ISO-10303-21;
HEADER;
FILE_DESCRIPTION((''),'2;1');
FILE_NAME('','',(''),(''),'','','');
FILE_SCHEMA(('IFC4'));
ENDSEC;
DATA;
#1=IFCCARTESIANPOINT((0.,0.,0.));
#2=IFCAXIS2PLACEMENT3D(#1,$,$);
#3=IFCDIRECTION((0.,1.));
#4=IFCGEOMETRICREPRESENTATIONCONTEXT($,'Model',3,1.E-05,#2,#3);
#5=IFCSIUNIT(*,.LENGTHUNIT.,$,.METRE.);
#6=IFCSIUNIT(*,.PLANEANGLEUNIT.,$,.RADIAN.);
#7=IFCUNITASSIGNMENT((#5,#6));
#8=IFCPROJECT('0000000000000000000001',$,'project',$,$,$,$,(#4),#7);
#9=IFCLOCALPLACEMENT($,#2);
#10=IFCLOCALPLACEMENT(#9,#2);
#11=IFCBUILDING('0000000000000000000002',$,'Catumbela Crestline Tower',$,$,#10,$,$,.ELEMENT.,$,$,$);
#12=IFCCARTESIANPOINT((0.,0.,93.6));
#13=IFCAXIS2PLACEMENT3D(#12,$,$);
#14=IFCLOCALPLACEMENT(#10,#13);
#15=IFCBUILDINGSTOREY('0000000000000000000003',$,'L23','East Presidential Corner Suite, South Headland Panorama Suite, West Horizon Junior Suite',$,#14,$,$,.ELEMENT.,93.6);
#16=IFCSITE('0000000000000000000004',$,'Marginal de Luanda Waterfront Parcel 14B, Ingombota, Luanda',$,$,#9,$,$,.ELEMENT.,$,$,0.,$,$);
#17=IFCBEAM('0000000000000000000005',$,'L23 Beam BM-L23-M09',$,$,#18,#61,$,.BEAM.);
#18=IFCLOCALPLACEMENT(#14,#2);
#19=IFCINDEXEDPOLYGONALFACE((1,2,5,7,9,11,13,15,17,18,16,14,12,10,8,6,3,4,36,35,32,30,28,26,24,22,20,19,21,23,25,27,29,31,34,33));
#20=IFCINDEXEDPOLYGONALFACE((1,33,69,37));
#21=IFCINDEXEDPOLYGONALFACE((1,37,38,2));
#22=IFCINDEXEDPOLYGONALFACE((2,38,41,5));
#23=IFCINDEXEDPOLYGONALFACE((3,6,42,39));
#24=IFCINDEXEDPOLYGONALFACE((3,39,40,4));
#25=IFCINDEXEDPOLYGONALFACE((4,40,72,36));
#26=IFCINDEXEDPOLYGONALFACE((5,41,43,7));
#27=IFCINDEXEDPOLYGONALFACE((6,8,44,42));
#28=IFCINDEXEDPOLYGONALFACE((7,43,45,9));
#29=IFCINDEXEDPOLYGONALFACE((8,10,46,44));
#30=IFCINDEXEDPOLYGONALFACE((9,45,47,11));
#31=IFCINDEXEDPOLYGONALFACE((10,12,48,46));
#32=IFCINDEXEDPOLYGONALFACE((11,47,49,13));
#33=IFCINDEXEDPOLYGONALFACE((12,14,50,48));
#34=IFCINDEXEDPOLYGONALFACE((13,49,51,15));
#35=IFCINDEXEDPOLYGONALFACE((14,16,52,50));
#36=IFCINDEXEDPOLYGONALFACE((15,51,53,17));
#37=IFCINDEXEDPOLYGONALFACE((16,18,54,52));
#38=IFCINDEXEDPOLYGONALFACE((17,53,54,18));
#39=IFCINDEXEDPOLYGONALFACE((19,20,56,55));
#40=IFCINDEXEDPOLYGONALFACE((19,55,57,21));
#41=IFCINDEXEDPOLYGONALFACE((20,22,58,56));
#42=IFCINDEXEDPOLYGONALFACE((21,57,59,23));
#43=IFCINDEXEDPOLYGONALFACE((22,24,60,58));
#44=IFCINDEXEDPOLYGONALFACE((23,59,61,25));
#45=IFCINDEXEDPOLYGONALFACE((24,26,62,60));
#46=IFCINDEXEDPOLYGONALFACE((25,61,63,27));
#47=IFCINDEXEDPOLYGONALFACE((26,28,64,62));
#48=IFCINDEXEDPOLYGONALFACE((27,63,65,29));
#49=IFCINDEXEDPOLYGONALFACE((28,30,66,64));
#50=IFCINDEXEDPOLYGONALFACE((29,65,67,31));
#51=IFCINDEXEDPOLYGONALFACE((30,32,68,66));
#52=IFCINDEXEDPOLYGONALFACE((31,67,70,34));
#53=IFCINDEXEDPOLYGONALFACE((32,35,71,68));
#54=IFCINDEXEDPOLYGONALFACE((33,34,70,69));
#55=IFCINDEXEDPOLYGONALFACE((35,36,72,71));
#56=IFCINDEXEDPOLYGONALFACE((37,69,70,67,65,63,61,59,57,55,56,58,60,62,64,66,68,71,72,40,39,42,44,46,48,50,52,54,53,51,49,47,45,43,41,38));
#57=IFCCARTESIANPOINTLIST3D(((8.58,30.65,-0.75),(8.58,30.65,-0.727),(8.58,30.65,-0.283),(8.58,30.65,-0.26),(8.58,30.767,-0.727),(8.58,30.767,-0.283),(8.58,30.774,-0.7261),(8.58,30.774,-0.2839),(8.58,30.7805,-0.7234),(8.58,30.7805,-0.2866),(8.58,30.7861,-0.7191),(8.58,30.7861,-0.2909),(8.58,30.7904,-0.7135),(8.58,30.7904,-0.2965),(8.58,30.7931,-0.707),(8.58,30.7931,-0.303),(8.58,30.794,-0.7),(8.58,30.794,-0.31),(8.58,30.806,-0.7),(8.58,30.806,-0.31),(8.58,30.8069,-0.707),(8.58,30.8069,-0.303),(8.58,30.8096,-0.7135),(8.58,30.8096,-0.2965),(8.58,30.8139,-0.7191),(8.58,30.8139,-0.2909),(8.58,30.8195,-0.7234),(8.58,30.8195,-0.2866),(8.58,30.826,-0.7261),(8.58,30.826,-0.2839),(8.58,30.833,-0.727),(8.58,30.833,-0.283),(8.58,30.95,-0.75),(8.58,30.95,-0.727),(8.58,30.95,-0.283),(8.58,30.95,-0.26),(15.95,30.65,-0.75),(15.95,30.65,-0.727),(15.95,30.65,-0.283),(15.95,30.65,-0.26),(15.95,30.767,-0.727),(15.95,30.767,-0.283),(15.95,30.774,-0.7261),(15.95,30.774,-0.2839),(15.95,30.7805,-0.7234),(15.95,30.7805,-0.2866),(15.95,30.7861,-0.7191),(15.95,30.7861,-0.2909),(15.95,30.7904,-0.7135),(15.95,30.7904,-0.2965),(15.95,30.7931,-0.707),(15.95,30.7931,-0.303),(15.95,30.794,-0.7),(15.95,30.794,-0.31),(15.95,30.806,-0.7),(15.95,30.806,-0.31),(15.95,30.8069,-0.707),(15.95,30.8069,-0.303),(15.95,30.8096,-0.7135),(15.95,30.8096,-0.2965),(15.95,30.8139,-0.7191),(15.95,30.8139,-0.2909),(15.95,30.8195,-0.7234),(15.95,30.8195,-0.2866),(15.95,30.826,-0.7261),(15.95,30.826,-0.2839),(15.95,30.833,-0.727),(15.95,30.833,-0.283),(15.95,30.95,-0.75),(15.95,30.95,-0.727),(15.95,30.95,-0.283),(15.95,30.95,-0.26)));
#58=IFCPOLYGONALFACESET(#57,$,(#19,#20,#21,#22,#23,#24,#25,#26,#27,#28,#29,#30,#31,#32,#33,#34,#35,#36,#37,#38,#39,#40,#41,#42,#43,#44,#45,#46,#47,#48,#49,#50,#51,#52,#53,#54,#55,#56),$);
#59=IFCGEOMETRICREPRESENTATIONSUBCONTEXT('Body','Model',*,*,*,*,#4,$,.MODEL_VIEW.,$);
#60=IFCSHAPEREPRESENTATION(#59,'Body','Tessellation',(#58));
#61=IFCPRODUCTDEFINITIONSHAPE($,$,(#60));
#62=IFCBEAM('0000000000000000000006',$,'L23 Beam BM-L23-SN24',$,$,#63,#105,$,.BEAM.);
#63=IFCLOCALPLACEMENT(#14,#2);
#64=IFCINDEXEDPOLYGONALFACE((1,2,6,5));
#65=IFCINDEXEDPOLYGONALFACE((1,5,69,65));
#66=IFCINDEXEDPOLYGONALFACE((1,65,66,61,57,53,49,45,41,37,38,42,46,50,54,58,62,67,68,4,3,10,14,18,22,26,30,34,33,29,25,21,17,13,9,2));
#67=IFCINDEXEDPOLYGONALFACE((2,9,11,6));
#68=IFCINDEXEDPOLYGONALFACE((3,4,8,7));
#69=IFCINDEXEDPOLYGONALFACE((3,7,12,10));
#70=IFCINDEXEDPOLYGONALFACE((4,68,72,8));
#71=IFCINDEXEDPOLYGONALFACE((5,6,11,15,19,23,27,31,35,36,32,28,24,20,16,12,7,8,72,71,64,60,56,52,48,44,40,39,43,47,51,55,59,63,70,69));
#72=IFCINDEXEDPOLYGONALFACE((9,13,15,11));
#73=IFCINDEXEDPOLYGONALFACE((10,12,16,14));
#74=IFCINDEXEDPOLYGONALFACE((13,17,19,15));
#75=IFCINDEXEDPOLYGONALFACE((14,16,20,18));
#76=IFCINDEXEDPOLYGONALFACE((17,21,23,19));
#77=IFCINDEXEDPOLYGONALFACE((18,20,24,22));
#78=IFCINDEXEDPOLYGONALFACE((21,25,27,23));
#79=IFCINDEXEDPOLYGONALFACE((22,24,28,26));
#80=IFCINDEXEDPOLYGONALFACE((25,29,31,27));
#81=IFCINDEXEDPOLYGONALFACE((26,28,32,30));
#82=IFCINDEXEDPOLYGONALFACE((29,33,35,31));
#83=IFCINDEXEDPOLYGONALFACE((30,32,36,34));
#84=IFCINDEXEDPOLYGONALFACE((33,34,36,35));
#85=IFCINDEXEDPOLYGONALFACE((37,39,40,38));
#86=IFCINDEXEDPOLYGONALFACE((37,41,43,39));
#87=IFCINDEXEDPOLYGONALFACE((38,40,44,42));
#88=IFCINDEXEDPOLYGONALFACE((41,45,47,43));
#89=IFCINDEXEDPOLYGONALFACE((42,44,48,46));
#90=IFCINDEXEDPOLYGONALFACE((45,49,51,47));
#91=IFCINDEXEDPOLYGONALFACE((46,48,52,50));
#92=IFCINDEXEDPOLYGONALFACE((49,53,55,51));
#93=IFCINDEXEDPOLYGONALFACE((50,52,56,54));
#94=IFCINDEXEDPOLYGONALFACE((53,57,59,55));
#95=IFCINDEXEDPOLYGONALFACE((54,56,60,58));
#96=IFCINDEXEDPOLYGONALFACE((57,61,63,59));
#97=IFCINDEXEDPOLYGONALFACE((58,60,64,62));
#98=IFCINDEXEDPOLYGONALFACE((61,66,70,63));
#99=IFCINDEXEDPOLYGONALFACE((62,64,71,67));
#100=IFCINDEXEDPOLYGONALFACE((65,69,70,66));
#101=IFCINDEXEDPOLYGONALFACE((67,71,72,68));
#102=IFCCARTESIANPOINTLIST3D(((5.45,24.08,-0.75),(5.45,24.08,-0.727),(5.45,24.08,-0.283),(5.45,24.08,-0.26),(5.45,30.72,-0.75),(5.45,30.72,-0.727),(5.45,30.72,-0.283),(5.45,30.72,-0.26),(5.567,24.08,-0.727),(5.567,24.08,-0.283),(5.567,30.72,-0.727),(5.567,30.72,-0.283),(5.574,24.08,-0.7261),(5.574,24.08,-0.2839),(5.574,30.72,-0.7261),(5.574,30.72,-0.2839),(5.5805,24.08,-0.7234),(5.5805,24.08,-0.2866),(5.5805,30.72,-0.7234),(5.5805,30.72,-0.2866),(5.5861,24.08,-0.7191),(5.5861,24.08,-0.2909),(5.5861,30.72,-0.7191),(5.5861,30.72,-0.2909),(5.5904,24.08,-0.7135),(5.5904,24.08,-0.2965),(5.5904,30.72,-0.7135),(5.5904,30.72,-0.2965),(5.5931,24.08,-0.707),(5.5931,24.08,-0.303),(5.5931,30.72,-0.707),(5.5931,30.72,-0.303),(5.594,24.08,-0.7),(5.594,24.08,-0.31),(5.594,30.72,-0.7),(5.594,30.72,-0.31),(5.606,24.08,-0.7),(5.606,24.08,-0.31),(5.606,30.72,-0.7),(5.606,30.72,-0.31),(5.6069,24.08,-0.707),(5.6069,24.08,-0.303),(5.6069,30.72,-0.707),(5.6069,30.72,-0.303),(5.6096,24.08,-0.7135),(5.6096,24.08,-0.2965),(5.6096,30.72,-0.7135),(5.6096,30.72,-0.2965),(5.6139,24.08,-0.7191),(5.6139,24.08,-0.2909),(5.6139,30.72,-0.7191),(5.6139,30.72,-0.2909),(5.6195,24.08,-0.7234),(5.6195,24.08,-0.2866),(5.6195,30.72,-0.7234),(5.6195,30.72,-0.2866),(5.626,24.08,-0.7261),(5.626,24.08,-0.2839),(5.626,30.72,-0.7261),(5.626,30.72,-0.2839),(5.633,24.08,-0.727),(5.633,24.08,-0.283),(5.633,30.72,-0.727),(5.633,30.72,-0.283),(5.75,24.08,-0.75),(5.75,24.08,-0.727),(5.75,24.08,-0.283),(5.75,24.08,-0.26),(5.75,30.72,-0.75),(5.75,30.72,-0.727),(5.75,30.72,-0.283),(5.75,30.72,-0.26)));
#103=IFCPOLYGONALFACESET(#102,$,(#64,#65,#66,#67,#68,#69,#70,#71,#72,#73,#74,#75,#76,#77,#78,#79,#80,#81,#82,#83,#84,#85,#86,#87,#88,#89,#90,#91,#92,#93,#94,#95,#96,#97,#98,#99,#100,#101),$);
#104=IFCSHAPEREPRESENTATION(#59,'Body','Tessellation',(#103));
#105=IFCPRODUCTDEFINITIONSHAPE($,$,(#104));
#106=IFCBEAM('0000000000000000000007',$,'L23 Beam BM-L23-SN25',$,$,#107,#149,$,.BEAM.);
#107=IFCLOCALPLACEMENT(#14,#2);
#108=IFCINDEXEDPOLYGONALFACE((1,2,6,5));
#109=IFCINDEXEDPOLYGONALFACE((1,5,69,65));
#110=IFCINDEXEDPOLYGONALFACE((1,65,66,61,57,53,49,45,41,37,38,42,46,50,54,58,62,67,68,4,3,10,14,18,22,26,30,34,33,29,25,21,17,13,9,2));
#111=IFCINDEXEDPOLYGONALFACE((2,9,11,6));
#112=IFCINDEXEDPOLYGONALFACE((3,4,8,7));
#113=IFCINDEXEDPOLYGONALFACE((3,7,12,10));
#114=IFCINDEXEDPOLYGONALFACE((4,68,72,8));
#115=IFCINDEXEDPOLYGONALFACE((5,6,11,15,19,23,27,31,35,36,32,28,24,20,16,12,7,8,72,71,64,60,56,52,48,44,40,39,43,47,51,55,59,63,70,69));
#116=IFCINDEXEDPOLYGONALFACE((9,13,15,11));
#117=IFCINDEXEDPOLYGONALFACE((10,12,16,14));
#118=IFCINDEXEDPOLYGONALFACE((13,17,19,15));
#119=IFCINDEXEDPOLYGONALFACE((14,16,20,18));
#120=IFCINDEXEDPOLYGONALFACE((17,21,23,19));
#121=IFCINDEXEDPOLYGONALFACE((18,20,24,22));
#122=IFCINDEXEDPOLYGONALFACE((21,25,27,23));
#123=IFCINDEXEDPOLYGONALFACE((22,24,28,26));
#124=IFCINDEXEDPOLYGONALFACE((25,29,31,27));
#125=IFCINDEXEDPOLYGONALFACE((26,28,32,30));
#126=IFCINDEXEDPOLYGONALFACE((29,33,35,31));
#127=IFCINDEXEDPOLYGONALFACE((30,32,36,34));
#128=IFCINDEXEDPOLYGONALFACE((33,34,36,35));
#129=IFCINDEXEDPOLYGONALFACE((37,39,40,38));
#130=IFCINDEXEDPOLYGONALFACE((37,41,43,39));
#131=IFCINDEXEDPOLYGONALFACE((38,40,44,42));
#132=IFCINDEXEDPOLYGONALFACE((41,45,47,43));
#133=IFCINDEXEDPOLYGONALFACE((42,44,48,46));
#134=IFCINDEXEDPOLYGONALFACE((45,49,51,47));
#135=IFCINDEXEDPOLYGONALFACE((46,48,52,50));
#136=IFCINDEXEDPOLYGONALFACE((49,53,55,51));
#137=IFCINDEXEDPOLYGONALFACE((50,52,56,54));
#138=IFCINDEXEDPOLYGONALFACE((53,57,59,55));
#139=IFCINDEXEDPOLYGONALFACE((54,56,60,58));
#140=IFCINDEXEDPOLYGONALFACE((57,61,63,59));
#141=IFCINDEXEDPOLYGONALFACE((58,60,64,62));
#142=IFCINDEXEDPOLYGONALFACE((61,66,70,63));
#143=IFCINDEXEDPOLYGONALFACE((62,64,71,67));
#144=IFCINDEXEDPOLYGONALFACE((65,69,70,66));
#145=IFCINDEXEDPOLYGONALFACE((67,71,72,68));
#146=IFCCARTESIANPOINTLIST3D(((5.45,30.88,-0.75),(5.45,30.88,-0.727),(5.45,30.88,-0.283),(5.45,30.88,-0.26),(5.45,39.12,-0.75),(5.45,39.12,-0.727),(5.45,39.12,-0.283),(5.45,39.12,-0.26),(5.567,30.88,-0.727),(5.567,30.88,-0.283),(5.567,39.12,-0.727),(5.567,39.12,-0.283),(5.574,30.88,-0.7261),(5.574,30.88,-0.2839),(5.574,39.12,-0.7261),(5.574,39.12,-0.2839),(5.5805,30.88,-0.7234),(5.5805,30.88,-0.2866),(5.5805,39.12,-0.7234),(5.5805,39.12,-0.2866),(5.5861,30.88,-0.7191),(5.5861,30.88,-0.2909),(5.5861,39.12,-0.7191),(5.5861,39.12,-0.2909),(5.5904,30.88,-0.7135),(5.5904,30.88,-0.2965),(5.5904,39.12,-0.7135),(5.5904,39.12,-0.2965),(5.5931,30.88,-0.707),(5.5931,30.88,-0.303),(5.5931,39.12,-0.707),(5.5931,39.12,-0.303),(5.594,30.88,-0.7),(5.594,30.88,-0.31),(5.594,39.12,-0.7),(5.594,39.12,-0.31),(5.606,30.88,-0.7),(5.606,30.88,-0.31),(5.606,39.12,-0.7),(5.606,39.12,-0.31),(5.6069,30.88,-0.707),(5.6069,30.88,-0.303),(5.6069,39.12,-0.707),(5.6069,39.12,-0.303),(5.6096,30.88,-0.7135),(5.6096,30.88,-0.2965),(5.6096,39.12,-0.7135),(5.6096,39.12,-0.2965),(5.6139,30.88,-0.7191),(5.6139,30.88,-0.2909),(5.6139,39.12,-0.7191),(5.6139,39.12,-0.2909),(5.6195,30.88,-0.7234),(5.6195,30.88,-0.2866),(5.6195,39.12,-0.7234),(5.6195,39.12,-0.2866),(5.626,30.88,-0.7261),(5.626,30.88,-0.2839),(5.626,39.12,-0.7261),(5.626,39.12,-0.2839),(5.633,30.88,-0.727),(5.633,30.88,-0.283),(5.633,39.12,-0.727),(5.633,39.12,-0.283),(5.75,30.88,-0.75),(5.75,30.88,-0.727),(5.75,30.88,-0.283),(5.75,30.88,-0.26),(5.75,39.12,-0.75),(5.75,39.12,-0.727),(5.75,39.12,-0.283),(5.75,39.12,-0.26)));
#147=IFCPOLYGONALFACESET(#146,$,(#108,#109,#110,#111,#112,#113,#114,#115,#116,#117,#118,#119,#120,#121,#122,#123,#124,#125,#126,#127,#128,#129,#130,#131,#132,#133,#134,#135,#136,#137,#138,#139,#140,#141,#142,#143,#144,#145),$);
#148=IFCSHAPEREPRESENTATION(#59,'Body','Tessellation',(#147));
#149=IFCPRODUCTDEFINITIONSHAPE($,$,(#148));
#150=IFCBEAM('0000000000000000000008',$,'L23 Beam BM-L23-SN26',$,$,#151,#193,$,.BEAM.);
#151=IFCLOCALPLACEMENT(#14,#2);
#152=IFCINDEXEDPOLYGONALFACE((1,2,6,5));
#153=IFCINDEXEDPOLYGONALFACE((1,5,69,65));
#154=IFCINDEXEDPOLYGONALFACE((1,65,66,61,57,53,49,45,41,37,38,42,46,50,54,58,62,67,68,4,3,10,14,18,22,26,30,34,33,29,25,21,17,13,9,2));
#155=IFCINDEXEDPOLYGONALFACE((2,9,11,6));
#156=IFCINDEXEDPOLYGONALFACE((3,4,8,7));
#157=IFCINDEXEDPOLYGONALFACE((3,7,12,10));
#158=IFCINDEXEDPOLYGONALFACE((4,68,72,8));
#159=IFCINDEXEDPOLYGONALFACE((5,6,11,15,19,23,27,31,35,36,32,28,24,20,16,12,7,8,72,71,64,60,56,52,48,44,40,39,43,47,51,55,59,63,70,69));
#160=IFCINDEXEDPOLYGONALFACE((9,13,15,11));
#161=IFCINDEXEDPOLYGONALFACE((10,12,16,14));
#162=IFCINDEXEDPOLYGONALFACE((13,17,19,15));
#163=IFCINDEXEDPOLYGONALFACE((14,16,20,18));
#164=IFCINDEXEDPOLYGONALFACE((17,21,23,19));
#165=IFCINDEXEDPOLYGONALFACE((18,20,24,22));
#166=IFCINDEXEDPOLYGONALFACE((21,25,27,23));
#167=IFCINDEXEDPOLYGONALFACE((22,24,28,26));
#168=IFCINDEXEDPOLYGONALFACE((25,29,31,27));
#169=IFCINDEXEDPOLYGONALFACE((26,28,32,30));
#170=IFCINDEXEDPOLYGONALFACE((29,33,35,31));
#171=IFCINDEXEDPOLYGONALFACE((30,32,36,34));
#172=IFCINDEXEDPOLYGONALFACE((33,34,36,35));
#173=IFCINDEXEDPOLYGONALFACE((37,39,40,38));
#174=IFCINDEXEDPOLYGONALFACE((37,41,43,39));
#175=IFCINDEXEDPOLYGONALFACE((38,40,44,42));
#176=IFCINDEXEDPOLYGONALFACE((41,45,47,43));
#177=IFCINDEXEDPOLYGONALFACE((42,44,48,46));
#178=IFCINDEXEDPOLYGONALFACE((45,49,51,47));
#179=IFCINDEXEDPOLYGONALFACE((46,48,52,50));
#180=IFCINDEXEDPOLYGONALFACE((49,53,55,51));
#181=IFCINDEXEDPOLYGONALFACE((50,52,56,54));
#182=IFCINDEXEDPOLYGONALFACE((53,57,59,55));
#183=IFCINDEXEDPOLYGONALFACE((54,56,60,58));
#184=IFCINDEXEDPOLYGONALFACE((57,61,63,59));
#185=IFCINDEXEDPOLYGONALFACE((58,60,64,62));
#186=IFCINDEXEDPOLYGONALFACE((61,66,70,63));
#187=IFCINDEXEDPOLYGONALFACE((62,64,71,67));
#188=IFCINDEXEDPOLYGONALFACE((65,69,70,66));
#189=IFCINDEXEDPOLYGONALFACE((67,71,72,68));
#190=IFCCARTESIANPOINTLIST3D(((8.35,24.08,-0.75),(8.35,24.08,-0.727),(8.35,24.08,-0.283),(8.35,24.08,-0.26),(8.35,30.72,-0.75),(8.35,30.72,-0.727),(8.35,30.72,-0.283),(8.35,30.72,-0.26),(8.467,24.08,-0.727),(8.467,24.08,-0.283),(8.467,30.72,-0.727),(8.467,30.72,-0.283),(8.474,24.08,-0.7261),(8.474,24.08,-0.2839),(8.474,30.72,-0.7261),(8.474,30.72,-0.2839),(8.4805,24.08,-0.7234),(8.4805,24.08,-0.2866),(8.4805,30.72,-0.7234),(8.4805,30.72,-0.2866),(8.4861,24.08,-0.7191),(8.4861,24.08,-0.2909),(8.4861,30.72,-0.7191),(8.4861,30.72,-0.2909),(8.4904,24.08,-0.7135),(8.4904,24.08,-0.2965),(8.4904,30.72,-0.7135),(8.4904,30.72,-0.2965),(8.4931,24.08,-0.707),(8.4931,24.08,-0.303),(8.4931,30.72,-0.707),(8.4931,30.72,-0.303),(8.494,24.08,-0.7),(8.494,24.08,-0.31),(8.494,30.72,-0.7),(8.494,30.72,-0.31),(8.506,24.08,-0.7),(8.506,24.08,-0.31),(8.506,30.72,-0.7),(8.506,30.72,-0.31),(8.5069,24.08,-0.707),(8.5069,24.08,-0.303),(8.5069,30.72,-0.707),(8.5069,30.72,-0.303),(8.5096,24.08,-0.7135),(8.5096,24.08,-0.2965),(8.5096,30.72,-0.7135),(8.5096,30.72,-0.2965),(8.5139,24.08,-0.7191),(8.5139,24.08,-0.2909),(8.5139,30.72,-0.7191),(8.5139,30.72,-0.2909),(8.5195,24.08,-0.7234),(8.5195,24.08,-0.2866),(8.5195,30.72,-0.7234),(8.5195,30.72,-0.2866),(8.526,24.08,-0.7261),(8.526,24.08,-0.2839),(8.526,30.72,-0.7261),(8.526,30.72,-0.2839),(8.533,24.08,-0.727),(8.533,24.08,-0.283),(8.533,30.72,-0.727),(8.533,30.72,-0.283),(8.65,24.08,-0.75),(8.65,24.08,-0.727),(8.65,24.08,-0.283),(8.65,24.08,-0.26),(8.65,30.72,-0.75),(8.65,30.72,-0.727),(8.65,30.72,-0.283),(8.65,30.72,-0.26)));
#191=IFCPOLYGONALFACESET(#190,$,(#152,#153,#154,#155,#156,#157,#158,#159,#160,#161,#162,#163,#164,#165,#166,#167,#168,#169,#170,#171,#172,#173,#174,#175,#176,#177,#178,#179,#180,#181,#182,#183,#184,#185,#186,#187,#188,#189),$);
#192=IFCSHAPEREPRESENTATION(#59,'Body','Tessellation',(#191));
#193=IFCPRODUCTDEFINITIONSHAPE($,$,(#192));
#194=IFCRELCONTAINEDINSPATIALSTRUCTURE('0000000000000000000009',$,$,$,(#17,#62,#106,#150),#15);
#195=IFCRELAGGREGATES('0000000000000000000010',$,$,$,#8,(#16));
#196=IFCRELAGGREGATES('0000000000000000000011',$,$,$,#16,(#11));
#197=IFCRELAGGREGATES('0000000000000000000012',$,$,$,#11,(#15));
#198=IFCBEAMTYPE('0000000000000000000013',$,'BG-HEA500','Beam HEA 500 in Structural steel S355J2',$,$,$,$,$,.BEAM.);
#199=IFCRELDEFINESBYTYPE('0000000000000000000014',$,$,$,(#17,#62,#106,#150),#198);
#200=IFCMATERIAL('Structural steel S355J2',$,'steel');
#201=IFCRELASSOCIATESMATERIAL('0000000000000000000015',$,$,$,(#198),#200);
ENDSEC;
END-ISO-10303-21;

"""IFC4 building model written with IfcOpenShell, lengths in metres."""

from ifc_helpers import new_model, si_unit, direction, frame, origin, origin_2d, place, context, subcontext, project, spatial, i_section, extrude, material, material_profile, profile_set, type_object, element, save


model = new_model("IFC4")

# Units and contexts
model_context = context("Model", 3, precision=1e-05, world=origin(), true_north=direction((0.0, 1.0)))
body_context = subcontext(model_context, "Body", "Model", "MODEL_VIEW")
ifc_project = project(units=[si_unit("LENGTHUNIT", "METRE"), si_unit("PLANEANGLEUNIT", "RADIAN")], contexts=[model_context])

# Site, building, storey
site_placement = place(None, origin())
site = spatial("IfcSite", under=ifc_project, at=site_placement, Name="Marginal de Luanda Waterfront Parcel 14B, Ingombota, Luanda", CompositionType="ELEMENT", RefElevation=0.0)
building_placement = place(site_placement, origin())
building = spatial("IfcBuilding", under=site, at=building_placement, Name="Catumbela Crestline Tower", CompositionType="ELEMENT")
storey_placement = place(building_placement, frame((0.0, 0.0, 93.6)))
storey = spatial("IfcBuildingStorey", under=building, at=storey_placement, Name="L23", Description="East Presidential Corner Suite, South Headland Panorama Suite, West Horizon Junior Suite", CompositionType="ELEMENT", Elevation=93.6)

# Beams
ifc_material_1 = material(Name="Structural steel S355J2", Category="steel")
ifc_material_profile_1 = material_profile(ifc_material_1, i_section(OverallWidth=0.3, OverallDepth=0.49, WebThickness=0.012, FlangeThickness=0.023, FilletRadius=0.027, at=origin_2d()), Name="HEA 500")
ifc_profile_set_1 = profile_set([ifc_material_profile_1], Name="Structural steel S355J2")
beam_type = type_object("IfcBeamType", Name="BG-HEA500", Description="Beam HEA 500 in Structural steel S355J2", PredefinedType="BEAM", material=ifc_profile_set_1)
beam_1_placement = place(storey_placement, frame((8.58, 30.8, -0.505), z_axis=(1.0, 0.0, 0.0), x_axis=(0.0, 1.0, 0.0)))
element("IfcBeam", 1, at=beam_1_placement, inside=storey, type_object=beam_type, Name="L23 Beam BM-L23-M09", PredefinedType="BEAM", context=body_context, shape_type="SweptSolid", body=[
    extrude(i_section(OverallWidth=0.3, OverallDepth=0.49, WebThickness=0.012, FlangeThickness=0.023, FilletRadius=0.027, at=origin_2d()), origin(), (0.0, 0.0, 1.0), 7.37),
])
beam_2_placement = place(storey_placement, frame((5.6, 24.08, -0.505), z_axis=(0.0, 1.0, 0.0), x_axis=(-1.0, 0.0, 0.0)))
element("IfcBeam", 2, at=beam_2_placement, inside=storey, type_object=beam_type, Name="L23 Beam BM-L23-SN24", PredefinedType="BEAM", context=body_context, shape_type="SweptSolid", body=[
    extrude(i_section(OverallWidth=0.3, OverallDepth=0.49, WebThickness=0.012, FlangeThickness=0.023, FilletRadius=0.027, at=origin_2d()), origin(), (0.0, 0.0, 1.0), 6.64),
])
beam_3_placement = place(storey_placement, frame((5.6, 30.88, -0.505), z_axis=(0.0, 1.0, 0.0), x_axis=(-1.0, 0.0, 0.0)))
element("IfcBeam", 3, at=beam_3_placement, inside=storey, type_object=beam_type, Name="L23 Beam BM-L23-SN25", PredefinedType="BEAM", context=body_context, shape_type="SweptSolid", body=[
    extrude(i_section(OverallWidth=0.3, OverallDepth=0.49, WebThickness=0.012, FlangeThickness=0.023, FilletRadius=0.027, at=origin_2d()), origin(), (0.0, 0.0, 1.0), 8.24),
])
beam_4_placement = place(storey_placement, frame((8.5, 24.08, -0.505), z_axis=(0.0, 1.0, 0.0), x_axis=(-1.0, 0.0, 0.0)))
element("IfcBeam", 4, at=beam_4_placement, inside=storey, type_object=beam_type, Name="L23 Beam BM-L23-SN26", PredefinedType="BEAM", context=body_context, shape_type="SweptSolid", body=[
    extrude(i_section(OverallWidth=0.3, OverallDepth=0.49, WebThickness=0.012, FlangeThickness=0.023, FilletRadius=0.027, at=origin_2d()), origin(), (0.0, 0.0, 1.0), 6.64),
])

save(model, "model.ifc")
